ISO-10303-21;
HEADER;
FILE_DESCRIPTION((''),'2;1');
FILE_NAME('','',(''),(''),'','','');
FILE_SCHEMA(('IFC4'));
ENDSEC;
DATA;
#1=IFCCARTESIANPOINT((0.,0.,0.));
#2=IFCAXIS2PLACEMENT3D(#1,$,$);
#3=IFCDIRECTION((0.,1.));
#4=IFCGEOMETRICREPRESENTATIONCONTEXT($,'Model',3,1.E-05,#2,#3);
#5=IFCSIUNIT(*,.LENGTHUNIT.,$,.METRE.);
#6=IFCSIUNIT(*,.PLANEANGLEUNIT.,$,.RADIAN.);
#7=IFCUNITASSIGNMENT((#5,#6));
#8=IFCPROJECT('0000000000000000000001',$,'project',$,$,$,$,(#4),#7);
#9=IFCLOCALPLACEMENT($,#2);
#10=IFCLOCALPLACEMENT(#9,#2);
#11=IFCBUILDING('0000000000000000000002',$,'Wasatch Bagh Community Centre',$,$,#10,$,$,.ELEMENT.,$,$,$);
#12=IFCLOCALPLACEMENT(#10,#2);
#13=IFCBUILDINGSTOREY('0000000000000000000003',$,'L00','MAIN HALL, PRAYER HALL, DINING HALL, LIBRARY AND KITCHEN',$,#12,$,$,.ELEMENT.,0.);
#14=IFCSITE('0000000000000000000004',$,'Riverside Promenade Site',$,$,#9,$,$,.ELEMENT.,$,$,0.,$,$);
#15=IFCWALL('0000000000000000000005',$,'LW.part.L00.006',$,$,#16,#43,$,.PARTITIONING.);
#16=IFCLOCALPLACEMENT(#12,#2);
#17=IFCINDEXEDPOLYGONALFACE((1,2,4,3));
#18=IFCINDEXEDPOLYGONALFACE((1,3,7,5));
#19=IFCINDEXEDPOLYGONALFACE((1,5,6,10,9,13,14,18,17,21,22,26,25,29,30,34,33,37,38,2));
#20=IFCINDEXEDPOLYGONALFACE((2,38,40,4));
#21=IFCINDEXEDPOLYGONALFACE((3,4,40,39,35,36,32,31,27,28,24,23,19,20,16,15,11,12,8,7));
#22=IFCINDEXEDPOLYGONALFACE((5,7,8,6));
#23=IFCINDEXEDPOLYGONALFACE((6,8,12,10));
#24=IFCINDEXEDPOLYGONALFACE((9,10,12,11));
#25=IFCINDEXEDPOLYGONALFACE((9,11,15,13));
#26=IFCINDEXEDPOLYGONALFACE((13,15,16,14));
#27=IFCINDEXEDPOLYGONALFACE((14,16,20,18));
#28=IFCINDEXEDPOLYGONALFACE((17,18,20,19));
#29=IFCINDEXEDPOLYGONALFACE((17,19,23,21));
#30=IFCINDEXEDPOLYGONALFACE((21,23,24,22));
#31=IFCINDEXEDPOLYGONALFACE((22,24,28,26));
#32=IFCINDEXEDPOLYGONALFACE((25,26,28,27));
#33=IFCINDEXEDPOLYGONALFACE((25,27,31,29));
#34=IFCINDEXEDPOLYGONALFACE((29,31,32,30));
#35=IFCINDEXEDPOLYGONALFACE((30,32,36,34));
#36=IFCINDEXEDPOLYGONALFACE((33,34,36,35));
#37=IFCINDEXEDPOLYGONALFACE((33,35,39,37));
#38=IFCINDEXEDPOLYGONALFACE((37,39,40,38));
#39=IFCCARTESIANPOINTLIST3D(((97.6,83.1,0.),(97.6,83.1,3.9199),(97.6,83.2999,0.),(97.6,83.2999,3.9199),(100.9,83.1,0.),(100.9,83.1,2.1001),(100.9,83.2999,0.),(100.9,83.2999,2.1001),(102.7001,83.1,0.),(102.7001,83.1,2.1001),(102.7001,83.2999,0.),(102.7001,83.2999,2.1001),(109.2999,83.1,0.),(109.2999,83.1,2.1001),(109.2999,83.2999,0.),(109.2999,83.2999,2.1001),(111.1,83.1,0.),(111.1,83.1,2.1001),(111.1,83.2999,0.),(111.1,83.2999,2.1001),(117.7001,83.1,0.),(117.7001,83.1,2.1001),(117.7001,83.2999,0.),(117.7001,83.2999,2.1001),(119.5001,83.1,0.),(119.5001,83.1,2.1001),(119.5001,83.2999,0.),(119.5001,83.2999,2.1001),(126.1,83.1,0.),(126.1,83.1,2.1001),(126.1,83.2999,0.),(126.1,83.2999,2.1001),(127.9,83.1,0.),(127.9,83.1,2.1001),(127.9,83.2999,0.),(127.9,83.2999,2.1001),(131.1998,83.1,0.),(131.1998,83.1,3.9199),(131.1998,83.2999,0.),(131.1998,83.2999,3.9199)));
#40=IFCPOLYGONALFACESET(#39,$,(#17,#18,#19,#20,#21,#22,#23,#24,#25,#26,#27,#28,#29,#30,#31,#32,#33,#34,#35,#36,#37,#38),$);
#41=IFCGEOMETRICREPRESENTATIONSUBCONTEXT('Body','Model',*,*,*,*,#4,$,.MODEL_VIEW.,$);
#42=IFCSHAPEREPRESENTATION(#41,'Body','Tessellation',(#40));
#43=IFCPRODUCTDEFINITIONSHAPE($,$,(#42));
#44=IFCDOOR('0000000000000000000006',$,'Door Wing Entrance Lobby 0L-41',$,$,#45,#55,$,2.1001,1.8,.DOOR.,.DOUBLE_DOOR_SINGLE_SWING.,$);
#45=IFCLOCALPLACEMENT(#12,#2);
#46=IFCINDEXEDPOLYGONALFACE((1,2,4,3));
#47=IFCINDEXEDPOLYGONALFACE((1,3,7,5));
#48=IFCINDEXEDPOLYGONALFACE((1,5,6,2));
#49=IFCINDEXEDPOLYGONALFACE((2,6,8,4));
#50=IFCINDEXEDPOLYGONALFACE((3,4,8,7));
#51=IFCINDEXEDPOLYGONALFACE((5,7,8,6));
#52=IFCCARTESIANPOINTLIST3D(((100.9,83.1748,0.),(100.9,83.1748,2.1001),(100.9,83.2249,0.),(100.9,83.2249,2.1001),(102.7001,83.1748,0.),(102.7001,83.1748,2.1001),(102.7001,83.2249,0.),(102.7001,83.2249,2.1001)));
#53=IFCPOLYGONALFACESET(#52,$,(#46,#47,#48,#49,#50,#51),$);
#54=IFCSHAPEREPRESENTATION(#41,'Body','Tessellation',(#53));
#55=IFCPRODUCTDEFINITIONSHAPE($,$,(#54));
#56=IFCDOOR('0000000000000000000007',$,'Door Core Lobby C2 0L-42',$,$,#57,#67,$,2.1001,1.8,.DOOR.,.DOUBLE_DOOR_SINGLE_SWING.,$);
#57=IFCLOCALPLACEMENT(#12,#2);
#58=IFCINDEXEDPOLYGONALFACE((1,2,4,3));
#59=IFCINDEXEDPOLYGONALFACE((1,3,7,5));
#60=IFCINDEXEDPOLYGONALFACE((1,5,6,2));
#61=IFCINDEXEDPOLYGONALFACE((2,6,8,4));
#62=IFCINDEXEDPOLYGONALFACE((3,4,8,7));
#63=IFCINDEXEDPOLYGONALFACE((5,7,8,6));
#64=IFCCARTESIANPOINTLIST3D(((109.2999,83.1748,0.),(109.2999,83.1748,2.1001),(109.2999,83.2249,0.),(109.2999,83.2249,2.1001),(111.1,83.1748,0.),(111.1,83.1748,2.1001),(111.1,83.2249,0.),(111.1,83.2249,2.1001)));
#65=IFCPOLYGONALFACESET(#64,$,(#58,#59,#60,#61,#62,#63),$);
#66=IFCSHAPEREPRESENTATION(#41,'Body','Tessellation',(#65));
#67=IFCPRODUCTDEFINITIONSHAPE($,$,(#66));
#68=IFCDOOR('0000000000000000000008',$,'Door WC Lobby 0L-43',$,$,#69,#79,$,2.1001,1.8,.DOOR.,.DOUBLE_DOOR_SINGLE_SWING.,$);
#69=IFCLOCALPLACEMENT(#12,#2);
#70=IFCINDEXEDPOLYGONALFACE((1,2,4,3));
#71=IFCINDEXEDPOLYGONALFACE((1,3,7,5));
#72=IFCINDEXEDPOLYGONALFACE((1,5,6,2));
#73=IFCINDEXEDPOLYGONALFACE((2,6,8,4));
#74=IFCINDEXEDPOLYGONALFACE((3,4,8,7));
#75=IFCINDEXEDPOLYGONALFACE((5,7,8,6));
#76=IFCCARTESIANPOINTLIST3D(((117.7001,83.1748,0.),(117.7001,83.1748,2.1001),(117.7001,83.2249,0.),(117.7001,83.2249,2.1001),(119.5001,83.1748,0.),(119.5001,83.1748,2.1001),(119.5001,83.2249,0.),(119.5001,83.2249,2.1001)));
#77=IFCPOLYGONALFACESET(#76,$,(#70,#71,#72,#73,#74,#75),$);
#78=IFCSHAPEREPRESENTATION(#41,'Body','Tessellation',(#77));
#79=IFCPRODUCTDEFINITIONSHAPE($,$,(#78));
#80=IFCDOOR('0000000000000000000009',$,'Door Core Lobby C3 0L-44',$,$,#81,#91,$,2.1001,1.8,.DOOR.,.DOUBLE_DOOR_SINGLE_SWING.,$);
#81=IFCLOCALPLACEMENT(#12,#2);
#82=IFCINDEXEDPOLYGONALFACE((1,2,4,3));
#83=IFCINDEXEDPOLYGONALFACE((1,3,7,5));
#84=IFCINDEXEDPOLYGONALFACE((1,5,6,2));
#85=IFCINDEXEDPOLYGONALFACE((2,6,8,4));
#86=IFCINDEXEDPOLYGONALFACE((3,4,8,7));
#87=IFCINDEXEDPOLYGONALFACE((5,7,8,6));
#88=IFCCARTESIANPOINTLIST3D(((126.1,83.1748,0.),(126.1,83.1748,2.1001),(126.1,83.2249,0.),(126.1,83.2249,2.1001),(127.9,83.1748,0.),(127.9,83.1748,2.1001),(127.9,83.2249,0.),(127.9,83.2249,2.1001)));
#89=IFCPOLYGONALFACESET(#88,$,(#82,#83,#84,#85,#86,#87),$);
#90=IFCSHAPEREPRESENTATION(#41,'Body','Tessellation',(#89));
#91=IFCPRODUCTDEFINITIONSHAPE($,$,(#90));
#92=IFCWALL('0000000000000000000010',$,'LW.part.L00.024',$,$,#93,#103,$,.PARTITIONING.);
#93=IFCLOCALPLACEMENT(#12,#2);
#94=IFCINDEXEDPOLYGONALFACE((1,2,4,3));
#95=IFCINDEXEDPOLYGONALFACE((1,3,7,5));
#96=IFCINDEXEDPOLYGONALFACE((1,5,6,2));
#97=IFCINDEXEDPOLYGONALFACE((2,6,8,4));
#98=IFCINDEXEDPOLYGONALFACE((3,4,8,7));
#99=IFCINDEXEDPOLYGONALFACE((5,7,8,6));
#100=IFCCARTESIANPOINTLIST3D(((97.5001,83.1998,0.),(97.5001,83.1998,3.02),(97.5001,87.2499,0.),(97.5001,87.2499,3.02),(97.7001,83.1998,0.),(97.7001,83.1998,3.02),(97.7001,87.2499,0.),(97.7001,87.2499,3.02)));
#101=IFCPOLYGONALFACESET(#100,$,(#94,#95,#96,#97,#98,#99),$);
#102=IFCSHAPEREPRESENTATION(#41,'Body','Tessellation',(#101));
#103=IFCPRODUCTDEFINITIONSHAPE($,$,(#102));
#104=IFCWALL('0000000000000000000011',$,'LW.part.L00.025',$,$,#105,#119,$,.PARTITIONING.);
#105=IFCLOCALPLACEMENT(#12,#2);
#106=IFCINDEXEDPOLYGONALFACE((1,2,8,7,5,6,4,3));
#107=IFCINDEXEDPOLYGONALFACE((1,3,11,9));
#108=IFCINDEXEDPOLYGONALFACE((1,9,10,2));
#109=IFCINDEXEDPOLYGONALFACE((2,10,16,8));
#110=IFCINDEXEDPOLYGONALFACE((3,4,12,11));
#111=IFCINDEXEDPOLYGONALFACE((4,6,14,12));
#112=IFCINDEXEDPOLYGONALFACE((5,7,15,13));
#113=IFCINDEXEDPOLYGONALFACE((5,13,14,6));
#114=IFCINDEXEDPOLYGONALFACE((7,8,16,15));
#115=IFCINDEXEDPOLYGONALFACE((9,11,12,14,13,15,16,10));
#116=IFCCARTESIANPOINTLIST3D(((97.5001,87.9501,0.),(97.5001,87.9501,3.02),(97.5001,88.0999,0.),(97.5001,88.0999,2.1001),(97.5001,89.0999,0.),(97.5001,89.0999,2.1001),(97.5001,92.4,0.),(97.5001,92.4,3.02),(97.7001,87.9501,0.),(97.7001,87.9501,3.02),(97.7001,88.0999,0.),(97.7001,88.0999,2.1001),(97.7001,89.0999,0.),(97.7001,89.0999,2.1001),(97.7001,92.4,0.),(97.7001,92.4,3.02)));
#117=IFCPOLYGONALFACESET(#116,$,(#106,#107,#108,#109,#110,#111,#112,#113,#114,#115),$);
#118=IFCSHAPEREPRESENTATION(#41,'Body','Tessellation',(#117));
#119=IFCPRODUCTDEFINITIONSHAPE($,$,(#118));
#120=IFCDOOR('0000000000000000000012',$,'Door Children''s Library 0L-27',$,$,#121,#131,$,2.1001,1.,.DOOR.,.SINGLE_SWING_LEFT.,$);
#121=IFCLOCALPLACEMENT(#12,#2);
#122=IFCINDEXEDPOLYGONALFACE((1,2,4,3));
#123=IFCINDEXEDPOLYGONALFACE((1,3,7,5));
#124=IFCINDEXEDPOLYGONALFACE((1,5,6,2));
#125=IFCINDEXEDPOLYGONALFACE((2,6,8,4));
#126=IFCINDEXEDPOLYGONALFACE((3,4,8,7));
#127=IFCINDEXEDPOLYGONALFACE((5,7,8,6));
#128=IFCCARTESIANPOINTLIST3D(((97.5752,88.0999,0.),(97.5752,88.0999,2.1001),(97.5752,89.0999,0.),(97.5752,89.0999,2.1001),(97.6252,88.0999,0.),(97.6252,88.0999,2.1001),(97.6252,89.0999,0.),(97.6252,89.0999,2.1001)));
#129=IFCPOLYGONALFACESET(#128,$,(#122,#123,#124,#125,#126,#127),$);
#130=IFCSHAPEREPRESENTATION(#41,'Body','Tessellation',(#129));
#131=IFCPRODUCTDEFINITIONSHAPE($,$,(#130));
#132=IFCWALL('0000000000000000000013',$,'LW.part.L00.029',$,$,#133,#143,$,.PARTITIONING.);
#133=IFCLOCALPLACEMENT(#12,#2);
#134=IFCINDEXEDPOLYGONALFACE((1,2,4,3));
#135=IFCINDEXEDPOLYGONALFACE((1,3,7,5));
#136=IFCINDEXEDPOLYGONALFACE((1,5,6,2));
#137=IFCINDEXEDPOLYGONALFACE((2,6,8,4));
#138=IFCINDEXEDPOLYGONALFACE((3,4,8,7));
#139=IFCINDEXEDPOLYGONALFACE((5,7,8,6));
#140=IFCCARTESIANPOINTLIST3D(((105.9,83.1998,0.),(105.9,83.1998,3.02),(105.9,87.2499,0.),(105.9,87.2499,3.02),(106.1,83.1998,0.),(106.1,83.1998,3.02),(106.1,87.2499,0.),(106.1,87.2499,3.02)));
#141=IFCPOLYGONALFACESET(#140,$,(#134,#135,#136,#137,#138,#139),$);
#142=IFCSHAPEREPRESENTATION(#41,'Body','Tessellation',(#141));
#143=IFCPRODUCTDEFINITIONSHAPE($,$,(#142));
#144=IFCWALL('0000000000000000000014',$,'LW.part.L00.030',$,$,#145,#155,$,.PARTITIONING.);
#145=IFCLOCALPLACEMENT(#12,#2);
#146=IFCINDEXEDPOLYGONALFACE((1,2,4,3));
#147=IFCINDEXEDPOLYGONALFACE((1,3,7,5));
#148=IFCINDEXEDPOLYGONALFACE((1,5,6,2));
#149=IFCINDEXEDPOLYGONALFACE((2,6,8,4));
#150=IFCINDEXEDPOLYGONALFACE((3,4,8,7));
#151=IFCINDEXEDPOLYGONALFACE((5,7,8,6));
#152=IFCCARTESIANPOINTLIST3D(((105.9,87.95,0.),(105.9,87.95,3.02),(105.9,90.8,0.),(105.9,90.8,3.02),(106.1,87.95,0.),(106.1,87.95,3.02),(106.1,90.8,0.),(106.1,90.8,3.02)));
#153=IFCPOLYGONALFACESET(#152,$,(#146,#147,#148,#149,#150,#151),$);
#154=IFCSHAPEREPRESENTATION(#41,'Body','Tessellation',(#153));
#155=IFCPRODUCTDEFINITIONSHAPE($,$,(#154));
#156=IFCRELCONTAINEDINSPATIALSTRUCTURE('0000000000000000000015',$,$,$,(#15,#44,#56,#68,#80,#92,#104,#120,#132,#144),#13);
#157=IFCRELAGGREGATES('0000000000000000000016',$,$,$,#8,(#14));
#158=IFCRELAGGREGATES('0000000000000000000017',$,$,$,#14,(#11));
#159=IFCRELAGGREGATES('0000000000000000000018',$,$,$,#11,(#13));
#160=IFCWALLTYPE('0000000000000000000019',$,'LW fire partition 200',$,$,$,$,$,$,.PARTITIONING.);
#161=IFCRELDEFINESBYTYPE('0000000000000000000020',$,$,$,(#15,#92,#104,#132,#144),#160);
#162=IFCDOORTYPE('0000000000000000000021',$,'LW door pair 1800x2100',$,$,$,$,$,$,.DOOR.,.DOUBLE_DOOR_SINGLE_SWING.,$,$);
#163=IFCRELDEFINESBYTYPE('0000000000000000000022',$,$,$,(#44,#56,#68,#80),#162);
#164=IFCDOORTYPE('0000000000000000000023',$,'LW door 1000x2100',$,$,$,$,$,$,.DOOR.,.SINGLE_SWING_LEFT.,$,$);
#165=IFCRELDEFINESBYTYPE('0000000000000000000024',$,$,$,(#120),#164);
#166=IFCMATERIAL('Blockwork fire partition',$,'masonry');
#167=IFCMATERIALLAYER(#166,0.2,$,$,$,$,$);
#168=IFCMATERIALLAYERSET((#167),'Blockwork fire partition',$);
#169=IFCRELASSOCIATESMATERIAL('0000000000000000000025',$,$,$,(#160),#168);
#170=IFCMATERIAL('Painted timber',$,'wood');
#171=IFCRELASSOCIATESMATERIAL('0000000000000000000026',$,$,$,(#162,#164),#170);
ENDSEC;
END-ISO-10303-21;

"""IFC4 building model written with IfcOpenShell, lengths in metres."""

from ifc_helpers import new_model, si_unit, direction, frame, frame_2d, origin, place, context, subcontext, project, spatial, rectangle, extrude, material, layer, layer_set, type_object, element, fill, save


model = new_model("IFC4")

# Units and contexts
model_context = context("Model", 3, precision=1e-05, world=origin(), true_north=direction((0.0, 1.0)))
body_context = subcontext(model_context, "Body", "Model", "MODEL_VIEW")
ifc_project = project(units=[si_unit("LENGTHUNIT", "METRE"), si_unit("PLANEANGLEUNIT", "RADIAN")], contexts=[model_context])

# Site, building, storey
site_placement = place(None, origin())
site = spatial("IfcSite", under=ifc_project, at=site_placement, Name="Riverside Promenade Site", CompositionType="ELEMENT", RefElevation=0.0)
building_placement = place(site_placement, origin())
building = spatial("IfcBuilding", under=site, at=building_placement, Name="Wasatch Bagh Community Centre", CompositionType="ELEMENT")
storey_placement = place(building_placement, origin())
storey = spatial("IfcBuildingStorey", under=building, at=storey_placement, Name="L00", Description="MAIN HALL, PRAYER HALL, DINING HALL, LIBRARY AND KITCHEN", CompositionType="ELEMENT", Elevation=0.0)

# Wall, openings, doors
ifc_material_1 = material(Name="Blockwork fire partition", Category="masonry")
ifc_layer_1 = layer(ifc_material_1, 0.2)
ifc_layer_set_1 = layer_set([ifc_layer_1], Name="Blockwork fire partition")
wall_type_1 = type_object("IfcWallType", Name="LW fire partition 200", PredefinedType="PARTITIONING", material=ifc_layer_set_1)
wall_1_placement = place(storey_placement, frame((97.6001, 83.2, 0.0), z_axis=(0.0, 0.0, 1.0), x_axis=(1.0, 0.0, 0.0)))
wall_1 = element("IfcWall", 1, at=wall_1_placement, inside=storey, type_object=wall_type_1, Name="LW.part.L00.006", PredefinedType="PARTITIONING", context=body_context, shape_type="SweptSolid", body=[
    extrude(rectangle(XDim=33.5999, YDim=0.2, at=frame_2d((16.7998, 0.0))), origin(), (0.0, 0.0, 1.0), 3.9199),
])
opening_1_placement = place(wall_1_placement, frame((3.3, 0.0, 0.0)))
opening_1 = element("IfcOpeningElement", 2, at=opening_1_placement, cuts=wall_1, PredefinedType="OPENING", context=body_context, shape_type="SweptSolid", body=[
    extrude(rectangle(XDim=1.8, YDim=2.1001, at=frame_2d((0.8999, 1.05))), frame((0.0, 0.1099, 0.0), z_axis=(0.0, -1.0, 0.0), x_axis=(1.0, 0.0, 0.0)), (0.0, 0.0, 1.0), 0.22),
])
opening_2_placement = place(wall_1_placement, frame((11.7, 0.0, 0.0)))
opening_2 = element("IfcOpeningElement", 3, at=opening_2_placement, cuts=wall_1, PredefinedType="OPENING", context=body_context, shape_type="SweptSolid", body=[
    extrude(rectangle(XDim=1.8, YDim=2.1001, at=frame_2d((0.8999, 1.05))), frame((0.0, 0.1099, 0.0), z_axis=(0.0, -1.0, 0.0), x_axis=(1.0, 0.0, 0.0)), (0.0, 0.0, 1.0), 0.22),
])
opening_3_placement = place(wall_1_placement, frame((20.1001, 0.0, 0.0)))
opening_3 = element("IfcOpeningElement", 4, at=opening_3_placement, cuts=wall_1, PredefinedType="OPENING", context=body_context, shape_type="SweptSolid", body=[
    extrude(rectangle(XDim=1.8, YDim=2.1001, at=frame_2d((0.8999, 1.05))), frame((0.0, 0.1099, 0.0), z_axis=(0.0, -1.0, 0.0), x_axis=(1.0, 0.0, 0.0)), (0.0, 0.0, 1.0), 0.22),
])
opening_4_placement = place(wall_1_placement, frame((28.5, 0.0, 0.0)))
opening_4 = element("IfcOpeningElement", 5, at=opening_4_placement, cuts=wall_1, PredefinedType="OPENING", context=body_context, shape_type="SweptSolid", body=[
    extrude(rectangle(XDim=1.8, YDim=2.1001, at=frame_2d((0.8999, 1.05))), frame((0.0, 0.1099, 0.0), z_axis=(0.0, -1.0, 0.0), x_axis=(1.0, 0.0, 0.0)), (0.0, 0.0, 1.0), 0.22),
])
ifc_material_2 = material(Name="Painted timber", Category="wood")
door_type_1 = type_object("IfcDoorType", Name="LW door pair 1800x2100", OperationType="DOUBLE_DOOR_SINGLE_SWING", PredefinedType="DOOR", material=ifc_material_2)
door_1_placement = place(opening_1_placement, origin())
door_1 = element("IfcDoor", 6, at=door_1_placement, inside=storey, type_object=door_type_1, Name="Door Wing Entrance Lobby 0L-41", OperationType="DOUBLE_DOOR_SINGLE_SWING", OverallHeight=2.1001, OverallWidth=1.8, PredefinedType="DOOR", context=body_context, shape_type="SweptSolid", body=[
    extrude(rectangle(XDim=1.8, YDim=2.1001, at=frame_2d((0.8999, 1.05))), frame((0.0, 0.0249, 0.0), z_axis=(0.0, -1.0, 0.0), x_axis=(1.0, 0.0, 0.0)), (0.0, 0.0, 1.0), 0.05),
])
fill(opening_1, door_1)
door_2_placement = place(opening_2_placement, origin())
door_2 = element("IfcDoor", 7, at=door_2_placement, inside=storey, type_object=door_type_1, Name="Door Core Lobby C2 0L-42", OperationType="DOUBLE_DOOR_SINGLE_SWING", OverallHeight=2.1001, OverallWidth=1.8, PredefinedType="DOOR", context=body_context, shape_type="SweptSolid", body=[
    extrude(rectangle(XDim=1.8, YDim=2.1001, at=frame_2d((0.8999, 1.05))), frame((0.0, 0.0249, 0.0), z_axis=(0.0, -1.0, 0.0), x_axis=(1.0, 0.0, 0.0)), (0.0, 0.0, 1.0), 0.05),
])
fill(opening_2, door_2)
door_3_placement = place(opening_3_placement, origin())
door_3 = element("IfcDoor", 8, at=door_3_placement, inside=storey, type_object=door_type_1, Name="Door WC Lobby 0L-43", OperationType="DOUBLE_DOOR_SINGLE_SWING", OverallHeight=2.1001, OverallWidth=1.8, PredefinedType="DOOR", context=body_context, shape_type="SweptSolid", body=[
    extrude(rectangle(XDim=1.8, YDim=2.1001, at=frame_2d((0.8999, 1.05))), frame((0.0, 0.0249, 0.0), z_axis=(0.0, -1.0, 0.0), x_axis=(1.0, 0.0, 0.0)), (0.0, 0.0, 1.0), 0.05),
])
fill(opening_3, door_3)
door_4_placement = place(opening_4_placement, origin())
door_4 = element("IfcDoor", 9, at=door_4_placement, inside=storey, type_object=door_type_1, Name="Door Core Lobby C3 0L-44", OperationType="DOUBLE_DOOR_SINGLE_SWING", OverallHeight=2.1001, OverallWidth=1.8, PredefinedType="DOOR", context=body_context, shape_type="SweptSolid", body=[
    extrude(rectangle(XDim=1.8, YDim=2.1001, at=frame_2d((0.8999, 1.05))), frame((0.0, 0.0249, 0.0), z_axis=(0.0, -1.0, 0.0), x_axis=(1.0, 0.0, 0.0)), (0.0, 0.0, 1.0), 0.05),
])
fill(opening_4, door_4)

# Wall
wall_2_placement = place(storey_placement, frame((97.6001, 83.2, 0.0), z_axis=(0.0, 0.0, 1.0), x_axis=(0.0, 1.0, 0.0)))
element("IfcWall", 10, at=wall_2_placement, inside=storey, type_object=wall_type_1, Name="LW.part.L00.024", PredefinedType="PARTITIONING", context=body_context, shape_type="SweptSolid", body=[
    extrude(rectangle(XDim=4.05, YDim=0.2, at=frame_2d((2.0249, 0.0))), origin(), (0.0, 0.0, 1.0), 3.02),
])

# Wall, opening, door
wall_3_placement = place(storey_placement, frame((97.6001, 87.95, 0.0), z_axis=(0.0, 0.0, 1.0), x_axis=(0.0, 1.0, 0.0)))
wall_3 = element("IfcWall", 11, at=wall_3_placement, inside=storey, type_object=wall_type_1, Name="LW.part.L00.025", PredefinedType="PARTITIONING", context=body_context, shape_type="SweptSolid", body=[
    extrude(rectangle(XDim=4.45, YDim=0.2, at=frame_2d((2.2251, 0.0))), origin(), (0.0, 0.0, 1.0), 3.02),
])
opening_5_placement = place(wall_3_placement, frame((0.1499, 0.0, 0.0)))
opening_5 = element("IfcOpeningElement", 12, at=opening_5_placement, cuts=wall_3, PredefinedType="OPENING", context=body_context, shape_type="SweptSolid", body=[
    extrude(rectangle(XDim=1.0, YDim=2.1001, at=frame_2d((0.5, 1.05))), frame((0.0, 0.1099, 0.0), z_axis=(0.0, -1.0, 0.0), x_axis=(1.0, 0.0, 0.0)), (0.0, 0.0, 1.0), 0.22),
])
door_type_2 = type_object("IfcDoorType", Name="LW door 1000x2100", OperationType="SINGLE_SWING_LEFT", PredefinedType="DOOR", material=ifc_material_2)
door_5_placement = place(opening_5_placement, origin())
door_5 = element("IfcDoor", 13, at=door_5_placement, inside=storey, type_object=door_type_2, Name="Door Children's Library 0L-27", OperationType="SINGLE_SWING_LEFT", OverallHeight=2.1001, OverallWidth=1.0, PredefinedType="DOOR", context=body_context, shape_type="SweptSolid", body=[
    extrude(rectangle(XDim=1.0, YDim=2.1001, at=frame_2d((0.5, 1.05))), frame((0.0, 0.0249, 0.0), z_axis=(0.0, -1.0, 0.0), x_axis=(1.0, 0.0, 0.0)), (0.0, 0.0, 1.0), 0.05),
])
fill(opening_5, door_5)

# Walls
wall_4_placement = place(storey_placement, frame((106.0, 83.2, 0.0), z_axis=(0.0, 0.0, 1.0), x_axis=(0.0, 1.0, 0.0)))
element("IfcWall", 14, at=wall_4_placement, inside=storey, type_object=wall_type_1, Name="LW.part.L00.029", PredefinedType="PARTITIONING", context=body_context, shape_type="SweptSolid", body=[
    extrude(rectangle(XDim=4.05, YDim=0.2, at=frame_2d((2.0249, 0.0))), origin(), (0.0, 0.0, 1.0), 3.02),
])
wall_5_placement = place(storey_placement, frame((106.0, 87.95, 0.0), z_axis=(0.0, 0.0, 1.0), x_axis=(0.0, 1.0, 0.0)))
element("IfcWall", 15, at=wall_5_placement, inside=storey, type_object=wall_type_1, Name="LW.part.L00.030", PredefinedType="PARTITIONING", context=body_context, shape_type="SweptSolid", body=[
    extrude(rectangle(XDim=2.8501, YDim=0.2, at=frame_2d((1.425, 0.0))), origin(), (0.0, 0.0, 1.0), 3.02),
])

save(model, "model.ifc")
